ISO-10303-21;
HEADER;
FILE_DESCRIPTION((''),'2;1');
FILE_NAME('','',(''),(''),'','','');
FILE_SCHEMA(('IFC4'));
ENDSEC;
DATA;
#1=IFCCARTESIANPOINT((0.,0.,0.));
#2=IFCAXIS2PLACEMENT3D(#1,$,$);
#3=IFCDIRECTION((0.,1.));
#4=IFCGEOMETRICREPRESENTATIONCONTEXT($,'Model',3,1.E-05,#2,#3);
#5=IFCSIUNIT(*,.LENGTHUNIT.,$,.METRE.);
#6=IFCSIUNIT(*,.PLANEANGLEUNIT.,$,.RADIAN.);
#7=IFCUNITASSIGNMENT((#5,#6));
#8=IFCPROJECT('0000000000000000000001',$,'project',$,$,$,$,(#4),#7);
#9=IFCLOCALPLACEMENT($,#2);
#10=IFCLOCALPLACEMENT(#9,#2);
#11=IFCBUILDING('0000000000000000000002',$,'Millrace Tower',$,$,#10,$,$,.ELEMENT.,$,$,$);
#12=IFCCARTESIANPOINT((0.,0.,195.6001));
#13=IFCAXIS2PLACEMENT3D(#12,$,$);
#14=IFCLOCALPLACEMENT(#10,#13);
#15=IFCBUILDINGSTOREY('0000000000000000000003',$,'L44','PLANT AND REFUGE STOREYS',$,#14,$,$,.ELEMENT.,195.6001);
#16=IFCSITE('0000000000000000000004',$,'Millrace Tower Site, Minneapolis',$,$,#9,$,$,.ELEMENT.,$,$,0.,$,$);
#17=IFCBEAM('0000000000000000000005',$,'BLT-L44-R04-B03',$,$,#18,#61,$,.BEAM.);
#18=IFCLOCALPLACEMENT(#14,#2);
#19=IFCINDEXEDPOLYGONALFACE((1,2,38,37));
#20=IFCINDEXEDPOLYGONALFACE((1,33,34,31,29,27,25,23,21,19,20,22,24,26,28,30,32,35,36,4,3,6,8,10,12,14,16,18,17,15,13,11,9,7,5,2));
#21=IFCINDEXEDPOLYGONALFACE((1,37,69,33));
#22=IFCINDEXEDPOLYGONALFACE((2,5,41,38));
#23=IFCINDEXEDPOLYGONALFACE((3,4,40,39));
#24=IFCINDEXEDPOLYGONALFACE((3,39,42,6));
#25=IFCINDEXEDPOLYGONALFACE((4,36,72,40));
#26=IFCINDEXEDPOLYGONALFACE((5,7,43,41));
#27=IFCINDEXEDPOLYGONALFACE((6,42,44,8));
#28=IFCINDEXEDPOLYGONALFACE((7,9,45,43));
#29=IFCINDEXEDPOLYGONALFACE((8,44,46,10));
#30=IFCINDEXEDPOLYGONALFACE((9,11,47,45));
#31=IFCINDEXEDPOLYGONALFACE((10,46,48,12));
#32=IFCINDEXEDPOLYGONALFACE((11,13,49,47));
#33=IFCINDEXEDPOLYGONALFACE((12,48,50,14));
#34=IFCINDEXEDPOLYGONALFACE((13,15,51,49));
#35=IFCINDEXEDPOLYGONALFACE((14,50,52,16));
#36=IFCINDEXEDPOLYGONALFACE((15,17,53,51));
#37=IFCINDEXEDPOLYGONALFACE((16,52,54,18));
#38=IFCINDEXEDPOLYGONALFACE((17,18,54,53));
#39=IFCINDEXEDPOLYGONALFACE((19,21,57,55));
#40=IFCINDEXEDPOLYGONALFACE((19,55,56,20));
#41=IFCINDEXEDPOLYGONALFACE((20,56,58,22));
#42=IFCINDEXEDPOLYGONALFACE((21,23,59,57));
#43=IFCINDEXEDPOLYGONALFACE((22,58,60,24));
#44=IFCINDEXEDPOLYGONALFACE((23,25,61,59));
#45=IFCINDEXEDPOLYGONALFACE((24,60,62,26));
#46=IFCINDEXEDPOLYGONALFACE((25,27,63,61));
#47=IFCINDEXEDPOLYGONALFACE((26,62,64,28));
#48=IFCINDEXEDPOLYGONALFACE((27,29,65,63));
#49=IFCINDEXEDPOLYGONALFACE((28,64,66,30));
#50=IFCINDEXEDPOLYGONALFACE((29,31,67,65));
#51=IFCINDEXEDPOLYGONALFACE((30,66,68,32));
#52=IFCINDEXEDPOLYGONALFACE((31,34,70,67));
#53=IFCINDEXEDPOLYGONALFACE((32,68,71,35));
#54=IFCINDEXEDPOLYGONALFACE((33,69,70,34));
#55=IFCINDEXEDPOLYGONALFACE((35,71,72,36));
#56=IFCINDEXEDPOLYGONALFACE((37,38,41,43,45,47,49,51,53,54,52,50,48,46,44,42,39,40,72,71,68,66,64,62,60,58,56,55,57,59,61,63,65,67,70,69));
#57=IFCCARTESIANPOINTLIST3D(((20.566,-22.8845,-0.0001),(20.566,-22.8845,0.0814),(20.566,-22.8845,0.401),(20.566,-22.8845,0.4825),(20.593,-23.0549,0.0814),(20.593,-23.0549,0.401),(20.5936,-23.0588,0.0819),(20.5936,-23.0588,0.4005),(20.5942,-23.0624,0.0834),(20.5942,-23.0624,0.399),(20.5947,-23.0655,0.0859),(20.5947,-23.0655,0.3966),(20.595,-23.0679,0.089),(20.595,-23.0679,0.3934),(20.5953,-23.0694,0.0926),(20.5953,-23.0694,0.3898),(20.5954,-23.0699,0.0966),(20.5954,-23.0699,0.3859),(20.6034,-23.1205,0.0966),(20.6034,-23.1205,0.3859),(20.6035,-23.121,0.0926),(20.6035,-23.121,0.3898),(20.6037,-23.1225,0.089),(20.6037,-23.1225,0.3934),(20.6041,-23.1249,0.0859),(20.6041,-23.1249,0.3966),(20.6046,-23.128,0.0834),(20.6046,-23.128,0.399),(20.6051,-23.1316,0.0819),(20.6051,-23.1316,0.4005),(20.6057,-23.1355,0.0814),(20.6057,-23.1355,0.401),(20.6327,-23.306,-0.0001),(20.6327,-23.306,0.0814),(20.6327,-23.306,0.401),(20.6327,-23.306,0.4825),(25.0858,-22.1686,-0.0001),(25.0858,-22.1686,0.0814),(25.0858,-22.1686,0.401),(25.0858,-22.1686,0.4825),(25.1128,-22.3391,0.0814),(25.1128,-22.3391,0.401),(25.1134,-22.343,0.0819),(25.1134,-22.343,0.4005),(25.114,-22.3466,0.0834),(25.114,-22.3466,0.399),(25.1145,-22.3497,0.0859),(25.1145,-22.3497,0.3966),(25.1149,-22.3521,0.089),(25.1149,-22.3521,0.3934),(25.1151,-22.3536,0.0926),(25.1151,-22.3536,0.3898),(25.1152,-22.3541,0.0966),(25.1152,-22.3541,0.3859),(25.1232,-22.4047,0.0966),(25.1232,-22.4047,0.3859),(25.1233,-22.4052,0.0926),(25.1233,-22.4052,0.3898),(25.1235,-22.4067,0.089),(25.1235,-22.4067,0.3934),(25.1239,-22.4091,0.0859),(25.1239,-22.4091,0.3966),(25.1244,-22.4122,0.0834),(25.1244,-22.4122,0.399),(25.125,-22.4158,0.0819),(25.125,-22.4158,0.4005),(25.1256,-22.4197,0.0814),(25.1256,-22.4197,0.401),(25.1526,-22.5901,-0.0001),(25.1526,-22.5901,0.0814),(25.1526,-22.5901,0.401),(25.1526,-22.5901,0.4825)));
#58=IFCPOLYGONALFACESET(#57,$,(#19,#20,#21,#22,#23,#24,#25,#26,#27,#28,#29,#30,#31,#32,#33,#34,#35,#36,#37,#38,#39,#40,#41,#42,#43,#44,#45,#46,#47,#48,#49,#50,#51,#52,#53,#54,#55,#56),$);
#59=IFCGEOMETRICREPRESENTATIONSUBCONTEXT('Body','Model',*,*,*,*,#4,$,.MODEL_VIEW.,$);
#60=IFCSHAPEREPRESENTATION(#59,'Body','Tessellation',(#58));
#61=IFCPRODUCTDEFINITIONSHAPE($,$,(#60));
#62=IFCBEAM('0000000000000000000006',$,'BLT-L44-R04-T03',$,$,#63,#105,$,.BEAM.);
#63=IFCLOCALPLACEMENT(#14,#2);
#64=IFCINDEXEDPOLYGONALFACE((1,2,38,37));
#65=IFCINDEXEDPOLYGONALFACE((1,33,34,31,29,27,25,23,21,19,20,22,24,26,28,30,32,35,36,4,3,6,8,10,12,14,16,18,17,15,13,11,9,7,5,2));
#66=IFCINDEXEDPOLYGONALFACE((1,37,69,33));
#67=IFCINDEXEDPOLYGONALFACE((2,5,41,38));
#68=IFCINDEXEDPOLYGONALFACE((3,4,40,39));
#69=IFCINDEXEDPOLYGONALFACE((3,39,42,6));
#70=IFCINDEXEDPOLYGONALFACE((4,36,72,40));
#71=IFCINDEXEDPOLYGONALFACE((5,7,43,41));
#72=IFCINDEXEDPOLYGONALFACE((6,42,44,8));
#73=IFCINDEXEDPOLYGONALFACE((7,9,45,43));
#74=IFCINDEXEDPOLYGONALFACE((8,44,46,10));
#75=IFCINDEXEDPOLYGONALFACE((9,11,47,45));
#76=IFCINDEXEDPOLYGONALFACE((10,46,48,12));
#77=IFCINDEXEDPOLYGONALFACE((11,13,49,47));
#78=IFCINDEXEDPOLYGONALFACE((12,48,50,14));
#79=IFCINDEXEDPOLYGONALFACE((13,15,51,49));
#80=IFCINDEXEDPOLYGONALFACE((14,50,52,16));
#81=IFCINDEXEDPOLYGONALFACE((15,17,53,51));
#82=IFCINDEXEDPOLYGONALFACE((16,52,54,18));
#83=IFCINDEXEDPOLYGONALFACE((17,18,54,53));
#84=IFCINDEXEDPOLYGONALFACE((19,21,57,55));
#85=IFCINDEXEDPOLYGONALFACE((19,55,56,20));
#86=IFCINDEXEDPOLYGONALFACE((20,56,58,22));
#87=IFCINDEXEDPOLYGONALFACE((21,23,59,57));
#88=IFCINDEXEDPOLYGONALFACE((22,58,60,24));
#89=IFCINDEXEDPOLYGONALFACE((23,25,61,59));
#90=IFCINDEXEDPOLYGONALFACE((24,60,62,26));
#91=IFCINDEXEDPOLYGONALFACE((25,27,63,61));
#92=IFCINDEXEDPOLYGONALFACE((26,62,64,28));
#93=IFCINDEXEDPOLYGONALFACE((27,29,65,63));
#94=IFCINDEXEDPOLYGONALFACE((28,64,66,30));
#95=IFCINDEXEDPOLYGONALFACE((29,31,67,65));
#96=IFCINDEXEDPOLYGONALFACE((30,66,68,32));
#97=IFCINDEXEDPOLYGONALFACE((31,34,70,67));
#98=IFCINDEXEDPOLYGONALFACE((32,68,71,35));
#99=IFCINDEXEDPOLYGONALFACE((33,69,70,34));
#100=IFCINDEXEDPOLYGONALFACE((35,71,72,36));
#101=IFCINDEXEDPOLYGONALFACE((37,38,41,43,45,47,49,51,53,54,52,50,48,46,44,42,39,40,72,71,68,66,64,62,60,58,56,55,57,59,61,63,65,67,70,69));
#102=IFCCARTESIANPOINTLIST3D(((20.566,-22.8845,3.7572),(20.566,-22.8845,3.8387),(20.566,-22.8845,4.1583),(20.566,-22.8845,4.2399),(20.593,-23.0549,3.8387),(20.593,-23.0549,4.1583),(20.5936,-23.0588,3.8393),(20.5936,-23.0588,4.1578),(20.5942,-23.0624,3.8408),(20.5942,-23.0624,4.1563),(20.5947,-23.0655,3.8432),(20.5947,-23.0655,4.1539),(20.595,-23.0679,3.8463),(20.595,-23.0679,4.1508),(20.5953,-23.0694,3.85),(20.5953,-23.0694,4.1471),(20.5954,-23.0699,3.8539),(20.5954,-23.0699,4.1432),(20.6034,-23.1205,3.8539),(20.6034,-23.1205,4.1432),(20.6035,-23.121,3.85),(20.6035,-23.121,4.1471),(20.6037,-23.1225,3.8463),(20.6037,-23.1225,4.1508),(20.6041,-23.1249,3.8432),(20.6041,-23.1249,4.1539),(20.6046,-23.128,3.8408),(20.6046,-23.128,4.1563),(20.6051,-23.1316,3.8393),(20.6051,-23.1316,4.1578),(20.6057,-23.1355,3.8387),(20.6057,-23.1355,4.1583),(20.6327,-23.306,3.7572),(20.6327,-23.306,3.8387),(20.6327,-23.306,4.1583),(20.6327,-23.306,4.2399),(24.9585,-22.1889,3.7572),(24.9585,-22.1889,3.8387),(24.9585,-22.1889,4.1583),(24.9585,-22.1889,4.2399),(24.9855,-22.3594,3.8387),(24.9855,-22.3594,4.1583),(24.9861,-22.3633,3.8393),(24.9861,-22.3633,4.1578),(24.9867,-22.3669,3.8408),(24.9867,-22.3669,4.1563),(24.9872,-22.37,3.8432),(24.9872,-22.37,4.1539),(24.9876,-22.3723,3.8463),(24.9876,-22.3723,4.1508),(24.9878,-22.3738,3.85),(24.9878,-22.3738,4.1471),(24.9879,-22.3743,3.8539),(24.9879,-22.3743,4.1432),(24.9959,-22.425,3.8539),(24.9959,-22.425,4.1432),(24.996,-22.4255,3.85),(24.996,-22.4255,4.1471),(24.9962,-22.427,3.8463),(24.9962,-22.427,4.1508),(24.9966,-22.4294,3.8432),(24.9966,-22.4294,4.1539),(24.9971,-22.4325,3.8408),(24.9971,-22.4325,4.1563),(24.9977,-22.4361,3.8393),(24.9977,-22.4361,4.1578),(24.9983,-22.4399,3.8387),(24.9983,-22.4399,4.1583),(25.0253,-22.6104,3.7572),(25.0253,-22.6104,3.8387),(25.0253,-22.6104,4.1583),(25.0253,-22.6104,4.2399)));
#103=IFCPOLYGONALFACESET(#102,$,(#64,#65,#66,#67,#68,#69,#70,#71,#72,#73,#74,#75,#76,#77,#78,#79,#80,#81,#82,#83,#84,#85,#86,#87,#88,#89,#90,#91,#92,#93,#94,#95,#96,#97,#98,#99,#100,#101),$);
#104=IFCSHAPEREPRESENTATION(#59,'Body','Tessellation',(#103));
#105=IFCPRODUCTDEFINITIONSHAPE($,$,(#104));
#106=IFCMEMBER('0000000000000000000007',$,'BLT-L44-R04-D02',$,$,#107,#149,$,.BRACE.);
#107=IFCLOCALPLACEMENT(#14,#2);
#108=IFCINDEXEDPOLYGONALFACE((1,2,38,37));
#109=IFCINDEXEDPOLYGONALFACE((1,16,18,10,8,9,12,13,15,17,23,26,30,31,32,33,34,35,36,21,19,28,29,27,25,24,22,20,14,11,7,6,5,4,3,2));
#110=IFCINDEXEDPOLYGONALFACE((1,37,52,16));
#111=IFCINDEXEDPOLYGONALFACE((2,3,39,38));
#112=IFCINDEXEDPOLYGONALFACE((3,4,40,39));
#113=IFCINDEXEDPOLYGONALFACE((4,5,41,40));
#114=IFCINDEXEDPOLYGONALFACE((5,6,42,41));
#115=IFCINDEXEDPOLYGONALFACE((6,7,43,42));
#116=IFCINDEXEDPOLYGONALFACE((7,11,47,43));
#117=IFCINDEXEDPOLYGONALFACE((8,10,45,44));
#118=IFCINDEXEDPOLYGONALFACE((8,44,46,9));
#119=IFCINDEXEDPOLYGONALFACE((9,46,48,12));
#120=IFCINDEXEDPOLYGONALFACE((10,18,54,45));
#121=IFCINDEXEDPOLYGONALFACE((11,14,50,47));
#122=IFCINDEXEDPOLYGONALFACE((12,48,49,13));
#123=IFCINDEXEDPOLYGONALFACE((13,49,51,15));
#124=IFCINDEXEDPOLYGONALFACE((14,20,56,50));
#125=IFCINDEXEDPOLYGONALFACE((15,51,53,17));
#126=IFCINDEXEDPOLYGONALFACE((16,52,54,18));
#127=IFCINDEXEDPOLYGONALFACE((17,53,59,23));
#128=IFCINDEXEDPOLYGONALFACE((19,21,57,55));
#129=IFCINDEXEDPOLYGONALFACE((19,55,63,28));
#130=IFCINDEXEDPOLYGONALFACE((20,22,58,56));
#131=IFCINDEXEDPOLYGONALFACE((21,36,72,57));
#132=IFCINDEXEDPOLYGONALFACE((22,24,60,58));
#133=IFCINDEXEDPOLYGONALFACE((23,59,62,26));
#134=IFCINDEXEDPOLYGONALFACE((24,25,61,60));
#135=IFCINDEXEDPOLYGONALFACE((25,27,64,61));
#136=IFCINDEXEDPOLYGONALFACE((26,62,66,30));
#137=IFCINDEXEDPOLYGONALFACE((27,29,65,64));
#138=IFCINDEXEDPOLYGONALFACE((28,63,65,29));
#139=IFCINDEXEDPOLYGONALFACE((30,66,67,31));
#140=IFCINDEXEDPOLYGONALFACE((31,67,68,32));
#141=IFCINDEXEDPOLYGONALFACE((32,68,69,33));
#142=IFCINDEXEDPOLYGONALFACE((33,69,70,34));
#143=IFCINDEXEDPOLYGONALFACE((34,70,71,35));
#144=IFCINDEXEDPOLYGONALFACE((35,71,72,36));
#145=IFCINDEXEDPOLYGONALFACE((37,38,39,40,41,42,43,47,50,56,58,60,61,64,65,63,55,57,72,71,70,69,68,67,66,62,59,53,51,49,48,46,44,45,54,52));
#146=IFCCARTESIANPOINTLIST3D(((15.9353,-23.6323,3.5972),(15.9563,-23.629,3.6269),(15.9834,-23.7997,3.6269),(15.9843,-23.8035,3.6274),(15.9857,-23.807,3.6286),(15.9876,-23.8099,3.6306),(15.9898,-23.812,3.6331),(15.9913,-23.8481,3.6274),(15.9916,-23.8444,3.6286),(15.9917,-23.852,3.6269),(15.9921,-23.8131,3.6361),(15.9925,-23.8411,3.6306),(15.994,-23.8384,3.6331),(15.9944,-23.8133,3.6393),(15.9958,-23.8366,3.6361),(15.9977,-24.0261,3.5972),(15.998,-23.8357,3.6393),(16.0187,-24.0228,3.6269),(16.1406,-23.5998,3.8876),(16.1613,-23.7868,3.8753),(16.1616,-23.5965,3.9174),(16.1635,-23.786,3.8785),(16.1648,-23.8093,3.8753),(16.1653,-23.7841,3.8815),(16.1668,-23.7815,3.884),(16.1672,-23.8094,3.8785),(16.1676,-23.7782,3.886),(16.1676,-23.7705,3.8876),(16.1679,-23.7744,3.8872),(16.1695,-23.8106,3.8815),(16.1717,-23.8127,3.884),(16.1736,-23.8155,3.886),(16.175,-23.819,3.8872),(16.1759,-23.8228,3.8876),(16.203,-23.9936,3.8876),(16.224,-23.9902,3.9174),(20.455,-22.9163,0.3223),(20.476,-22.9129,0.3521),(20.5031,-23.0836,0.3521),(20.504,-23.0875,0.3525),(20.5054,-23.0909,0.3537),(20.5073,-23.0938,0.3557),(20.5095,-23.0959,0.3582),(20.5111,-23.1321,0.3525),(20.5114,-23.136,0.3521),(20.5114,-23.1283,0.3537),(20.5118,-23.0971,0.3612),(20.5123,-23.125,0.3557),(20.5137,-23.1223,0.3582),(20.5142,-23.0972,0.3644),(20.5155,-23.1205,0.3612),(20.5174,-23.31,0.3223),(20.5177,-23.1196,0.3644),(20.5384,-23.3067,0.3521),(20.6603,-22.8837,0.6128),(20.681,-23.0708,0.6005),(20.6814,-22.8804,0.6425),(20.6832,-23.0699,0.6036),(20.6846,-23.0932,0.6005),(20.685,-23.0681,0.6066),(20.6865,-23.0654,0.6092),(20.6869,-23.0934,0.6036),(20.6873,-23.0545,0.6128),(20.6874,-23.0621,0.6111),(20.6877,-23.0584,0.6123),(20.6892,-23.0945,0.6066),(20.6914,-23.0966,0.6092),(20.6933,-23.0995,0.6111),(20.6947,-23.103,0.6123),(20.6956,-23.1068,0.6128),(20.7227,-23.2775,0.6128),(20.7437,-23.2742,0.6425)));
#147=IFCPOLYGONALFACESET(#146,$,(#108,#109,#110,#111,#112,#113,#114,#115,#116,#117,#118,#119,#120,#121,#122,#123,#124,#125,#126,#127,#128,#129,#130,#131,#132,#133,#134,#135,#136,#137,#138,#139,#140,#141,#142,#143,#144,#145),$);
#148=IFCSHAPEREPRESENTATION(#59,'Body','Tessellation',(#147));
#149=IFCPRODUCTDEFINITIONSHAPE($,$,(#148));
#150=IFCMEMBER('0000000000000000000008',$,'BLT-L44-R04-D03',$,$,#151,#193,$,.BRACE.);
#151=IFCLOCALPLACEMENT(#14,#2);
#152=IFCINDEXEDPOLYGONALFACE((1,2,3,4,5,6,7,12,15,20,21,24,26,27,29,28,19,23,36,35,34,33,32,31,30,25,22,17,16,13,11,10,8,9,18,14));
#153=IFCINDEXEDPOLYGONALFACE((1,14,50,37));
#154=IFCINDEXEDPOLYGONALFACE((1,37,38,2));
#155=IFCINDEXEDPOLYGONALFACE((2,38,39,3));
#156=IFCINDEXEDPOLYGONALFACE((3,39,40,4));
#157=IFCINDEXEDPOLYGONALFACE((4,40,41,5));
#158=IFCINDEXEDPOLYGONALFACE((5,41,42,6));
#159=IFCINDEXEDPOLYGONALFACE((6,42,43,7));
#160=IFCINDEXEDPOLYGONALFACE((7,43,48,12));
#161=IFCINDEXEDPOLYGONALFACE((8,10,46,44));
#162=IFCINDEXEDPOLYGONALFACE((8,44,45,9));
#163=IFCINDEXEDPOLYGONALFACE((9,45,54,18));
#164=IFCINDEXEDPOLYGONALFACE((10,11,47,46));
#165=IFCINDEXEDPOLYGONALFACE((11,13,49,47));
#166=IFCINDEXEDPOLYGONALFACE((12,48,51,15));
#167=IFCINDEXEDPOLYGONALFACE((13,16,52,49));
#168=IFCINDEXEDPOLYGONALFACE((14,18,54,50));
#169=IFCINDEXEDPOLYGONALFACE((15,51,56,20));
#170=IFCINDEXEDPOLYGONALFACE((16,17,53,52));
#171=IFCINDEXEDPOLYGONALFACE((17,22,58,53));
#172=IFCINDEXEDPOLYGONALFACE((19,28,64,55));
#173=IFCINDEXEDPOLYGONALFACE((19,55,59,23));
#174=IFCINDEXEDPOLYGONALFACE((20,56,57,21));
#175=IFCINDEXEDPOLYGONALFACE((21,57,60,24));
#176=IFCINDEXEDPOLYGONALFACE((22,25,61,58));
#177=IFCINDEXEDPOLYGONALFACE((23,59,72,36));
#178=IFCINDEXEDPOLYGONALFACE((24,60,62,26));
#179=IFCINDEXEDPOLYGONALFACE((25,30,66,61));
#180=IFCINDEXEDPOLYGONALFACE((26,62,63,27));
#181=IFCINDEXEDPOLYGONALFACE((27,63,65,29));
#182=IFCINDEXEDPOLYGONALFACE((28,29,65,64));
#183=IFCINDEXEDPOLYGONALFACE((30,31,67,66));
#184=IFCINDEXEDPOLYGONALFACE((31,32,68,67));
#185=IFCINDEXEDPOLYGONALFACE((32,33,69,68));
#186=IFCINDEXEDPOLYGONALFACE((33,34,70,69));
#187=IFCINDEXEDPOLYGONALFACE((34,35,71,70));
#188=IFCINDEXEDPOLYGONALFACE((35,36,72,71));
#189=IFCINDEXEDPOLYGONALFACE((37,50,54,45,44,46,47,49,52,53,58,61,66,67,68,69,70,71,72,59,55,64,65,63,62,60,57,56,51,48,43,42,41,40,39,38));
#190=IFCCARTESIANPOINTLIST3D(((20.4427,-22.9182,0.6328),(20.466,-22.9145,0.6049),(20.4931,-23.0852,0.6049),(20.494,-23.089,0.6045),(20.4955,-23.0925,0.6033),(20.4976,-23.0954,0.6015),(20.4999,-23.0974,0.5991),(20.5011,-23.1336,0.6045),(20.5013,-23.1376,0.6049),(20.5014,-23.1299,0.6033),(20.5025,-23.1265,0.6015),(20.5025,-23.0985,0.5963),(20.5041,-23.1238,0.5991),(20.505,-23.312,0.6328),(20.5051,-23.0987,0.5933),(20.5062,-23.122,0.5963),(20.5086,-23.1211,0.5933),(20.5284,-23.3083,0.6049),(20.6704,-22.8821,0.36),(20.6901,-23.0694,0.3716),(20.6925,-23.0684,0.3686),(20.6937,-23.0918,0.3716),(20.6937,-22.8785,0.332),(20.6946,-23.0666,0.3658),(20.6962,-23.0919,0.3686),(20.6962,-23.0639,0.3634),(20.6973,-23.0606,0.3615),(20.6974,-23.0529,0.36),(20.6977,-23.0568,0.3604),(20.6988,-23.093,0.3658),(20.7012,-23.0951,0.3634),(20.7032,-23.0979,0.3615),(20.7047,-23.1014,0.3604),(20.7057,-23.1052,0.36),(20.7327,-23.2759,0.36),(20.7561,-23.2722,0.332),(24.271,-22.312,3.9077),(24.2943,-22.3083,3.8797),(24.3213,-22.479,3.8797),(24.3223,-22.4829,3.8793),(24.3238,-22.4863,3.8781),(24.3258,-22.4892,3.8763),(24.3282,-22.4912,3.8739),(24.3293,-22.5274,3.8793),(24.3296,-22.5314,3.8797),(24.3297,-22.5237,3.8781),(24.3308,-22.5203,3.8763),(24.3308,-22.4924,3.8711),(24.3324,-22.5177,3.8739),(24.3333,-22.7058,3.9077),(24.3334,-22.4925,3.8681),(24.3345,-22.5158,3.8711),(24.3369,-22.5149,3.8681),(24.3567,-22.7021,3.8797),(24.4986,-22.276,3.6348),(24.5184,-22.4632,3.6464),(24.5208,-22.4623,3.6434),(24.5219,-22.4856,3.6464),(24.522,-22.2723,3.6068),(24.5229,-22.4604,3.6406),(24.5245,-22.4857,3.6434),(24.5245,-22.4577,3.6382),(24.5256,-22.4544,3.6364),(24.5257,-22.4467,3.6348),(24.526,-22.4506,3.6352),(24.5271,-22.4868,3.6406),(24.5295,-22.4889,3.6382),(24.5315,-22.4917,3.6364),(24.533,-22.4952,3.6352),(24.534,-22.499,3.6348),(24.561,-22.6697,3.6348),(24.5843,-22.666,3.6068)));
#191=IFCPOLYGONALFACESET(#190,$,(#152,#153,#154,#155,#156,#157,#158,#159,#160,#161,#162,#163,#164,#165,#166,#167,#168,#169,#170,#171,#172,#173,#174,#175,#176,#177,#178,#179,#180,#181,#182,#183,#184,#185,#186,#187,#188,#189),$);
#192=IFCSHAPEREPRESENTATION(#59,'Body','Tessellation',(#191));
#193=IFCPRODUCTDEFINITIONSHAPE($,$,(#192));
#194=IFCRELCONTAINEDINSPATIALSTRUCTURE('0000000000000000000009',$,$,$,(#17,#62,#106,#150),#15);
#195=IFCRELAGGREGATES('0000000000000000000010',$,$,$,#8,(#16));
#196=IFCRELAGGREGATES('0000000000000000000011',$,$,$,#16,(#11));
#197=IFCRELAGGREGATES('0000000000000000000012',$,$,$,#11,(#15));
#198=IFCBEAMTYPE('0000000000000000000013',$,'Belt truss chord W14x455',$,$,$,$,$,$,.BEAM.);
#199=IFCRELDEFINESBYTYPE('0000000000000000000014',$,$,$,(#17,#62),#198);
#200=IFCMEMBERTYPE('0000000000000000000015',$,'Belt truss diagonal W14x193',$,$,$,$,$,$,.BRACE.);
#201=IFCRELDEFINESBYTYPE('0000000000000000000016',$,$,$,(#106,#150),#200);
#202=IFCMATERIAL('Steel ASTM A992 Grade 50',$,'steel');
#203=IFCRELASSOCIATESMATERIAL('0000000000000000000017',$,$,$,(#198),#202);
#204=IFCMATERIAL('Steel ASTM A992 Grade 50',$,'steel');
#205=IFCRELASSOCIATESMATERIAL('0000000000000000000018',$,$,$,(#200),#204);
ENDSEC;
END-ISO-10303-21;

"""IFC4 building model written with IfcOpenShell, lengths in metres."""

from ifc_helpers import new_model, si_unit, direction, frame, origin, origin_2d, place, context, subcontext, project, spatial, i_section, extrude, material, material_profile, profile_set, type_object, element, save


model = new_model("IFC4")

# Units and contexts
model_context = context("Model", 3, precision=1e-05, world=origin(), true_north=direction((0.0, 1.0)))
body_context = subcontext(model_context, "Body", "Model", "MODEL_VIEW")
ifc_project = project(units=[si_unit("LENGTHUNIT", "METRE"), si_unit("PLANEANGLEUNIT", "RADIAN")], contexts=[model_context])

# Site, building, storey
site_placement = place(None, origin())
site = spatial("IfcSite", under=ifc_project, at=site_placement, Name="Millrace Tower Site, Minneapolis", CompositionType="ELEMENT", RefElevation=0.0)
building_placement = place(site_placement, origin())
building = spatial("IfcBuilding", under=site, at=building_placement, Name="Millrace Tower", CompositionType="ELEMENT")
storey_placement = place(building_placement, frame((0.0, 0.0, 195.6001)))
storey = spatial("IfcBuildingStorey", under=building, at=storey_placement, Name="L44", Description="PLANT AND REFUGE STOREYS", CompositionType="ELEMENT", Elevation=195.6001)

# Beams
ifc_material_1 = material(Name="Steel ASTM A992 Grade 50", Category="steel")
ifc_material_profile_1 = material_profile(ifc_material_1, i_section(OverallWidth=0.4268, OverallDepth=0.4827, WebThickness=0.0513, FlangeThickness=0.0815, FilletRadius=0.0151, at=origin_2d()))
ifc_profile_set_1 = profile_set([ifc_material_profile_1], Name="Steel ASTM A992 Grade 50")
beam_type_1 = type_object("IfcBeamType", Name="Belt truss chord W14x455", PredefinedType="BEAM", material=ifc_profile_set_1)
beam_1_placement = place(storey_placement, frame((20.5994, -23.0952, 0.2412), z_axis=(0.98769, 0.156426, 0.0), x_axis=(-0.156426, 0.98769, 0.0)))
element("IfcBeam", 1, at=beam_1_placement, inside=storey, type_object=beam_type_1, Name="BLT-L44-R04-B03", PredefinedType="BEAM", context=body_context, shape_type="SweptSolid", body=[
    extrude(i_section(OverallWidth=0.4268, OverallDepth=0.4827, WebThickness=0.0513, FlangeThickness=0.0815, FilletRadius=0.0151, at=origin_2d()), origin(), (0.0, 0.0, 1.0), 4.5762),
])
beam_2_placement = place(storey_placement, frame((20.5994, -23.0952, 3.9985), z_axis=(0.987694, 0.1564, 0.0), x_axis=(-0.1564, 0.987694, 0.0)))
element("IfcBeam", 2, at=beam_2_placement, inside=storey, type_object=beam_type_1, Name="BLT-L44-R04-T03", PredefinedType="BEAM", context=body_context, shape_type="SweptSolid", body=[
    extrude(i_section(OverallWidth=0.4268, OverallDepth=0.4827, WebThickness=0.0513, FlangeThickness=0.0815, FilletRadius=0.0151, at=origin_2d()), origin(), (0.0, 0.0, 1.0), 4.4473),
])

# Members
ifc_material_2 = material(Name="Steel ASTM A992 Grade 50", Category="steel")
ifc_material_profile_2 = material_profile(ifc_material_2, i_section(OverallWidth=0.3987, OverallDepth=0.3938, WebThickness=0.0227, FlangeThickness=0.0366, FilletRadius=0.0151, at=origin_2d()))
ifc_profile_set_2 = profile_set([ifc_material_profile_2], Name="Steel ASTM A992 Grade 50")
member_type_1 = type_object("IfcMemberType", Name="Belt truss diagonal W14x193", PredefinedType="BRACE", material=ifc_profile_set_2)
member_1_placement = place(storey_placement, frame((20.5994, -23.0952, 0.4824), z_axis=(-0.803192, -0.127249, 0.581971), x_axis=(0.156478, -0.987682, 0.0)))
element("IfcMember", 3, at=member_1_placement, inside=storey, type_object=member_type_1, Name="BLT-L44-R04-D02", PredefinedType="BRACE", context=body_context, shape_type="SweptSolid", body=[
    extrude(i_section(OverallWidth=0.3987, OverallDepth=0.3938, WebThickness=0.0227, FlangeThickness=0.0366, FilletRadius=0.0151, at=origin_2d()), origin(), (0.0, 0.0, 1.0), 5.6272),
])
member_2_placement = place(storey_placement, frame((20.5994, -23.0952, 0.4824), z_axis=(0.754457, 0.119464, 0.645386), x_axis=(-0.156396, 0.987694, 0.0)))
element("IfcMember", 4, at=member_2_placement, inside=storey, type_object=member_type_1, Name="BLT-L44-R04-D03", PredefinedType="BRACE", context=body_context, shape_type="SweptSolid", body=[
    extrude(i_section(OverallWidth=0.3987, OverallDepth=0.3938, WebThickness=0.0227, FlangeThickness=0.0366, FilletRadius=0.0151, at=origin_2d()), origin(), (0.0, 0.0, 1.0), 5.0742),
])

save(model, "model.ifc")
